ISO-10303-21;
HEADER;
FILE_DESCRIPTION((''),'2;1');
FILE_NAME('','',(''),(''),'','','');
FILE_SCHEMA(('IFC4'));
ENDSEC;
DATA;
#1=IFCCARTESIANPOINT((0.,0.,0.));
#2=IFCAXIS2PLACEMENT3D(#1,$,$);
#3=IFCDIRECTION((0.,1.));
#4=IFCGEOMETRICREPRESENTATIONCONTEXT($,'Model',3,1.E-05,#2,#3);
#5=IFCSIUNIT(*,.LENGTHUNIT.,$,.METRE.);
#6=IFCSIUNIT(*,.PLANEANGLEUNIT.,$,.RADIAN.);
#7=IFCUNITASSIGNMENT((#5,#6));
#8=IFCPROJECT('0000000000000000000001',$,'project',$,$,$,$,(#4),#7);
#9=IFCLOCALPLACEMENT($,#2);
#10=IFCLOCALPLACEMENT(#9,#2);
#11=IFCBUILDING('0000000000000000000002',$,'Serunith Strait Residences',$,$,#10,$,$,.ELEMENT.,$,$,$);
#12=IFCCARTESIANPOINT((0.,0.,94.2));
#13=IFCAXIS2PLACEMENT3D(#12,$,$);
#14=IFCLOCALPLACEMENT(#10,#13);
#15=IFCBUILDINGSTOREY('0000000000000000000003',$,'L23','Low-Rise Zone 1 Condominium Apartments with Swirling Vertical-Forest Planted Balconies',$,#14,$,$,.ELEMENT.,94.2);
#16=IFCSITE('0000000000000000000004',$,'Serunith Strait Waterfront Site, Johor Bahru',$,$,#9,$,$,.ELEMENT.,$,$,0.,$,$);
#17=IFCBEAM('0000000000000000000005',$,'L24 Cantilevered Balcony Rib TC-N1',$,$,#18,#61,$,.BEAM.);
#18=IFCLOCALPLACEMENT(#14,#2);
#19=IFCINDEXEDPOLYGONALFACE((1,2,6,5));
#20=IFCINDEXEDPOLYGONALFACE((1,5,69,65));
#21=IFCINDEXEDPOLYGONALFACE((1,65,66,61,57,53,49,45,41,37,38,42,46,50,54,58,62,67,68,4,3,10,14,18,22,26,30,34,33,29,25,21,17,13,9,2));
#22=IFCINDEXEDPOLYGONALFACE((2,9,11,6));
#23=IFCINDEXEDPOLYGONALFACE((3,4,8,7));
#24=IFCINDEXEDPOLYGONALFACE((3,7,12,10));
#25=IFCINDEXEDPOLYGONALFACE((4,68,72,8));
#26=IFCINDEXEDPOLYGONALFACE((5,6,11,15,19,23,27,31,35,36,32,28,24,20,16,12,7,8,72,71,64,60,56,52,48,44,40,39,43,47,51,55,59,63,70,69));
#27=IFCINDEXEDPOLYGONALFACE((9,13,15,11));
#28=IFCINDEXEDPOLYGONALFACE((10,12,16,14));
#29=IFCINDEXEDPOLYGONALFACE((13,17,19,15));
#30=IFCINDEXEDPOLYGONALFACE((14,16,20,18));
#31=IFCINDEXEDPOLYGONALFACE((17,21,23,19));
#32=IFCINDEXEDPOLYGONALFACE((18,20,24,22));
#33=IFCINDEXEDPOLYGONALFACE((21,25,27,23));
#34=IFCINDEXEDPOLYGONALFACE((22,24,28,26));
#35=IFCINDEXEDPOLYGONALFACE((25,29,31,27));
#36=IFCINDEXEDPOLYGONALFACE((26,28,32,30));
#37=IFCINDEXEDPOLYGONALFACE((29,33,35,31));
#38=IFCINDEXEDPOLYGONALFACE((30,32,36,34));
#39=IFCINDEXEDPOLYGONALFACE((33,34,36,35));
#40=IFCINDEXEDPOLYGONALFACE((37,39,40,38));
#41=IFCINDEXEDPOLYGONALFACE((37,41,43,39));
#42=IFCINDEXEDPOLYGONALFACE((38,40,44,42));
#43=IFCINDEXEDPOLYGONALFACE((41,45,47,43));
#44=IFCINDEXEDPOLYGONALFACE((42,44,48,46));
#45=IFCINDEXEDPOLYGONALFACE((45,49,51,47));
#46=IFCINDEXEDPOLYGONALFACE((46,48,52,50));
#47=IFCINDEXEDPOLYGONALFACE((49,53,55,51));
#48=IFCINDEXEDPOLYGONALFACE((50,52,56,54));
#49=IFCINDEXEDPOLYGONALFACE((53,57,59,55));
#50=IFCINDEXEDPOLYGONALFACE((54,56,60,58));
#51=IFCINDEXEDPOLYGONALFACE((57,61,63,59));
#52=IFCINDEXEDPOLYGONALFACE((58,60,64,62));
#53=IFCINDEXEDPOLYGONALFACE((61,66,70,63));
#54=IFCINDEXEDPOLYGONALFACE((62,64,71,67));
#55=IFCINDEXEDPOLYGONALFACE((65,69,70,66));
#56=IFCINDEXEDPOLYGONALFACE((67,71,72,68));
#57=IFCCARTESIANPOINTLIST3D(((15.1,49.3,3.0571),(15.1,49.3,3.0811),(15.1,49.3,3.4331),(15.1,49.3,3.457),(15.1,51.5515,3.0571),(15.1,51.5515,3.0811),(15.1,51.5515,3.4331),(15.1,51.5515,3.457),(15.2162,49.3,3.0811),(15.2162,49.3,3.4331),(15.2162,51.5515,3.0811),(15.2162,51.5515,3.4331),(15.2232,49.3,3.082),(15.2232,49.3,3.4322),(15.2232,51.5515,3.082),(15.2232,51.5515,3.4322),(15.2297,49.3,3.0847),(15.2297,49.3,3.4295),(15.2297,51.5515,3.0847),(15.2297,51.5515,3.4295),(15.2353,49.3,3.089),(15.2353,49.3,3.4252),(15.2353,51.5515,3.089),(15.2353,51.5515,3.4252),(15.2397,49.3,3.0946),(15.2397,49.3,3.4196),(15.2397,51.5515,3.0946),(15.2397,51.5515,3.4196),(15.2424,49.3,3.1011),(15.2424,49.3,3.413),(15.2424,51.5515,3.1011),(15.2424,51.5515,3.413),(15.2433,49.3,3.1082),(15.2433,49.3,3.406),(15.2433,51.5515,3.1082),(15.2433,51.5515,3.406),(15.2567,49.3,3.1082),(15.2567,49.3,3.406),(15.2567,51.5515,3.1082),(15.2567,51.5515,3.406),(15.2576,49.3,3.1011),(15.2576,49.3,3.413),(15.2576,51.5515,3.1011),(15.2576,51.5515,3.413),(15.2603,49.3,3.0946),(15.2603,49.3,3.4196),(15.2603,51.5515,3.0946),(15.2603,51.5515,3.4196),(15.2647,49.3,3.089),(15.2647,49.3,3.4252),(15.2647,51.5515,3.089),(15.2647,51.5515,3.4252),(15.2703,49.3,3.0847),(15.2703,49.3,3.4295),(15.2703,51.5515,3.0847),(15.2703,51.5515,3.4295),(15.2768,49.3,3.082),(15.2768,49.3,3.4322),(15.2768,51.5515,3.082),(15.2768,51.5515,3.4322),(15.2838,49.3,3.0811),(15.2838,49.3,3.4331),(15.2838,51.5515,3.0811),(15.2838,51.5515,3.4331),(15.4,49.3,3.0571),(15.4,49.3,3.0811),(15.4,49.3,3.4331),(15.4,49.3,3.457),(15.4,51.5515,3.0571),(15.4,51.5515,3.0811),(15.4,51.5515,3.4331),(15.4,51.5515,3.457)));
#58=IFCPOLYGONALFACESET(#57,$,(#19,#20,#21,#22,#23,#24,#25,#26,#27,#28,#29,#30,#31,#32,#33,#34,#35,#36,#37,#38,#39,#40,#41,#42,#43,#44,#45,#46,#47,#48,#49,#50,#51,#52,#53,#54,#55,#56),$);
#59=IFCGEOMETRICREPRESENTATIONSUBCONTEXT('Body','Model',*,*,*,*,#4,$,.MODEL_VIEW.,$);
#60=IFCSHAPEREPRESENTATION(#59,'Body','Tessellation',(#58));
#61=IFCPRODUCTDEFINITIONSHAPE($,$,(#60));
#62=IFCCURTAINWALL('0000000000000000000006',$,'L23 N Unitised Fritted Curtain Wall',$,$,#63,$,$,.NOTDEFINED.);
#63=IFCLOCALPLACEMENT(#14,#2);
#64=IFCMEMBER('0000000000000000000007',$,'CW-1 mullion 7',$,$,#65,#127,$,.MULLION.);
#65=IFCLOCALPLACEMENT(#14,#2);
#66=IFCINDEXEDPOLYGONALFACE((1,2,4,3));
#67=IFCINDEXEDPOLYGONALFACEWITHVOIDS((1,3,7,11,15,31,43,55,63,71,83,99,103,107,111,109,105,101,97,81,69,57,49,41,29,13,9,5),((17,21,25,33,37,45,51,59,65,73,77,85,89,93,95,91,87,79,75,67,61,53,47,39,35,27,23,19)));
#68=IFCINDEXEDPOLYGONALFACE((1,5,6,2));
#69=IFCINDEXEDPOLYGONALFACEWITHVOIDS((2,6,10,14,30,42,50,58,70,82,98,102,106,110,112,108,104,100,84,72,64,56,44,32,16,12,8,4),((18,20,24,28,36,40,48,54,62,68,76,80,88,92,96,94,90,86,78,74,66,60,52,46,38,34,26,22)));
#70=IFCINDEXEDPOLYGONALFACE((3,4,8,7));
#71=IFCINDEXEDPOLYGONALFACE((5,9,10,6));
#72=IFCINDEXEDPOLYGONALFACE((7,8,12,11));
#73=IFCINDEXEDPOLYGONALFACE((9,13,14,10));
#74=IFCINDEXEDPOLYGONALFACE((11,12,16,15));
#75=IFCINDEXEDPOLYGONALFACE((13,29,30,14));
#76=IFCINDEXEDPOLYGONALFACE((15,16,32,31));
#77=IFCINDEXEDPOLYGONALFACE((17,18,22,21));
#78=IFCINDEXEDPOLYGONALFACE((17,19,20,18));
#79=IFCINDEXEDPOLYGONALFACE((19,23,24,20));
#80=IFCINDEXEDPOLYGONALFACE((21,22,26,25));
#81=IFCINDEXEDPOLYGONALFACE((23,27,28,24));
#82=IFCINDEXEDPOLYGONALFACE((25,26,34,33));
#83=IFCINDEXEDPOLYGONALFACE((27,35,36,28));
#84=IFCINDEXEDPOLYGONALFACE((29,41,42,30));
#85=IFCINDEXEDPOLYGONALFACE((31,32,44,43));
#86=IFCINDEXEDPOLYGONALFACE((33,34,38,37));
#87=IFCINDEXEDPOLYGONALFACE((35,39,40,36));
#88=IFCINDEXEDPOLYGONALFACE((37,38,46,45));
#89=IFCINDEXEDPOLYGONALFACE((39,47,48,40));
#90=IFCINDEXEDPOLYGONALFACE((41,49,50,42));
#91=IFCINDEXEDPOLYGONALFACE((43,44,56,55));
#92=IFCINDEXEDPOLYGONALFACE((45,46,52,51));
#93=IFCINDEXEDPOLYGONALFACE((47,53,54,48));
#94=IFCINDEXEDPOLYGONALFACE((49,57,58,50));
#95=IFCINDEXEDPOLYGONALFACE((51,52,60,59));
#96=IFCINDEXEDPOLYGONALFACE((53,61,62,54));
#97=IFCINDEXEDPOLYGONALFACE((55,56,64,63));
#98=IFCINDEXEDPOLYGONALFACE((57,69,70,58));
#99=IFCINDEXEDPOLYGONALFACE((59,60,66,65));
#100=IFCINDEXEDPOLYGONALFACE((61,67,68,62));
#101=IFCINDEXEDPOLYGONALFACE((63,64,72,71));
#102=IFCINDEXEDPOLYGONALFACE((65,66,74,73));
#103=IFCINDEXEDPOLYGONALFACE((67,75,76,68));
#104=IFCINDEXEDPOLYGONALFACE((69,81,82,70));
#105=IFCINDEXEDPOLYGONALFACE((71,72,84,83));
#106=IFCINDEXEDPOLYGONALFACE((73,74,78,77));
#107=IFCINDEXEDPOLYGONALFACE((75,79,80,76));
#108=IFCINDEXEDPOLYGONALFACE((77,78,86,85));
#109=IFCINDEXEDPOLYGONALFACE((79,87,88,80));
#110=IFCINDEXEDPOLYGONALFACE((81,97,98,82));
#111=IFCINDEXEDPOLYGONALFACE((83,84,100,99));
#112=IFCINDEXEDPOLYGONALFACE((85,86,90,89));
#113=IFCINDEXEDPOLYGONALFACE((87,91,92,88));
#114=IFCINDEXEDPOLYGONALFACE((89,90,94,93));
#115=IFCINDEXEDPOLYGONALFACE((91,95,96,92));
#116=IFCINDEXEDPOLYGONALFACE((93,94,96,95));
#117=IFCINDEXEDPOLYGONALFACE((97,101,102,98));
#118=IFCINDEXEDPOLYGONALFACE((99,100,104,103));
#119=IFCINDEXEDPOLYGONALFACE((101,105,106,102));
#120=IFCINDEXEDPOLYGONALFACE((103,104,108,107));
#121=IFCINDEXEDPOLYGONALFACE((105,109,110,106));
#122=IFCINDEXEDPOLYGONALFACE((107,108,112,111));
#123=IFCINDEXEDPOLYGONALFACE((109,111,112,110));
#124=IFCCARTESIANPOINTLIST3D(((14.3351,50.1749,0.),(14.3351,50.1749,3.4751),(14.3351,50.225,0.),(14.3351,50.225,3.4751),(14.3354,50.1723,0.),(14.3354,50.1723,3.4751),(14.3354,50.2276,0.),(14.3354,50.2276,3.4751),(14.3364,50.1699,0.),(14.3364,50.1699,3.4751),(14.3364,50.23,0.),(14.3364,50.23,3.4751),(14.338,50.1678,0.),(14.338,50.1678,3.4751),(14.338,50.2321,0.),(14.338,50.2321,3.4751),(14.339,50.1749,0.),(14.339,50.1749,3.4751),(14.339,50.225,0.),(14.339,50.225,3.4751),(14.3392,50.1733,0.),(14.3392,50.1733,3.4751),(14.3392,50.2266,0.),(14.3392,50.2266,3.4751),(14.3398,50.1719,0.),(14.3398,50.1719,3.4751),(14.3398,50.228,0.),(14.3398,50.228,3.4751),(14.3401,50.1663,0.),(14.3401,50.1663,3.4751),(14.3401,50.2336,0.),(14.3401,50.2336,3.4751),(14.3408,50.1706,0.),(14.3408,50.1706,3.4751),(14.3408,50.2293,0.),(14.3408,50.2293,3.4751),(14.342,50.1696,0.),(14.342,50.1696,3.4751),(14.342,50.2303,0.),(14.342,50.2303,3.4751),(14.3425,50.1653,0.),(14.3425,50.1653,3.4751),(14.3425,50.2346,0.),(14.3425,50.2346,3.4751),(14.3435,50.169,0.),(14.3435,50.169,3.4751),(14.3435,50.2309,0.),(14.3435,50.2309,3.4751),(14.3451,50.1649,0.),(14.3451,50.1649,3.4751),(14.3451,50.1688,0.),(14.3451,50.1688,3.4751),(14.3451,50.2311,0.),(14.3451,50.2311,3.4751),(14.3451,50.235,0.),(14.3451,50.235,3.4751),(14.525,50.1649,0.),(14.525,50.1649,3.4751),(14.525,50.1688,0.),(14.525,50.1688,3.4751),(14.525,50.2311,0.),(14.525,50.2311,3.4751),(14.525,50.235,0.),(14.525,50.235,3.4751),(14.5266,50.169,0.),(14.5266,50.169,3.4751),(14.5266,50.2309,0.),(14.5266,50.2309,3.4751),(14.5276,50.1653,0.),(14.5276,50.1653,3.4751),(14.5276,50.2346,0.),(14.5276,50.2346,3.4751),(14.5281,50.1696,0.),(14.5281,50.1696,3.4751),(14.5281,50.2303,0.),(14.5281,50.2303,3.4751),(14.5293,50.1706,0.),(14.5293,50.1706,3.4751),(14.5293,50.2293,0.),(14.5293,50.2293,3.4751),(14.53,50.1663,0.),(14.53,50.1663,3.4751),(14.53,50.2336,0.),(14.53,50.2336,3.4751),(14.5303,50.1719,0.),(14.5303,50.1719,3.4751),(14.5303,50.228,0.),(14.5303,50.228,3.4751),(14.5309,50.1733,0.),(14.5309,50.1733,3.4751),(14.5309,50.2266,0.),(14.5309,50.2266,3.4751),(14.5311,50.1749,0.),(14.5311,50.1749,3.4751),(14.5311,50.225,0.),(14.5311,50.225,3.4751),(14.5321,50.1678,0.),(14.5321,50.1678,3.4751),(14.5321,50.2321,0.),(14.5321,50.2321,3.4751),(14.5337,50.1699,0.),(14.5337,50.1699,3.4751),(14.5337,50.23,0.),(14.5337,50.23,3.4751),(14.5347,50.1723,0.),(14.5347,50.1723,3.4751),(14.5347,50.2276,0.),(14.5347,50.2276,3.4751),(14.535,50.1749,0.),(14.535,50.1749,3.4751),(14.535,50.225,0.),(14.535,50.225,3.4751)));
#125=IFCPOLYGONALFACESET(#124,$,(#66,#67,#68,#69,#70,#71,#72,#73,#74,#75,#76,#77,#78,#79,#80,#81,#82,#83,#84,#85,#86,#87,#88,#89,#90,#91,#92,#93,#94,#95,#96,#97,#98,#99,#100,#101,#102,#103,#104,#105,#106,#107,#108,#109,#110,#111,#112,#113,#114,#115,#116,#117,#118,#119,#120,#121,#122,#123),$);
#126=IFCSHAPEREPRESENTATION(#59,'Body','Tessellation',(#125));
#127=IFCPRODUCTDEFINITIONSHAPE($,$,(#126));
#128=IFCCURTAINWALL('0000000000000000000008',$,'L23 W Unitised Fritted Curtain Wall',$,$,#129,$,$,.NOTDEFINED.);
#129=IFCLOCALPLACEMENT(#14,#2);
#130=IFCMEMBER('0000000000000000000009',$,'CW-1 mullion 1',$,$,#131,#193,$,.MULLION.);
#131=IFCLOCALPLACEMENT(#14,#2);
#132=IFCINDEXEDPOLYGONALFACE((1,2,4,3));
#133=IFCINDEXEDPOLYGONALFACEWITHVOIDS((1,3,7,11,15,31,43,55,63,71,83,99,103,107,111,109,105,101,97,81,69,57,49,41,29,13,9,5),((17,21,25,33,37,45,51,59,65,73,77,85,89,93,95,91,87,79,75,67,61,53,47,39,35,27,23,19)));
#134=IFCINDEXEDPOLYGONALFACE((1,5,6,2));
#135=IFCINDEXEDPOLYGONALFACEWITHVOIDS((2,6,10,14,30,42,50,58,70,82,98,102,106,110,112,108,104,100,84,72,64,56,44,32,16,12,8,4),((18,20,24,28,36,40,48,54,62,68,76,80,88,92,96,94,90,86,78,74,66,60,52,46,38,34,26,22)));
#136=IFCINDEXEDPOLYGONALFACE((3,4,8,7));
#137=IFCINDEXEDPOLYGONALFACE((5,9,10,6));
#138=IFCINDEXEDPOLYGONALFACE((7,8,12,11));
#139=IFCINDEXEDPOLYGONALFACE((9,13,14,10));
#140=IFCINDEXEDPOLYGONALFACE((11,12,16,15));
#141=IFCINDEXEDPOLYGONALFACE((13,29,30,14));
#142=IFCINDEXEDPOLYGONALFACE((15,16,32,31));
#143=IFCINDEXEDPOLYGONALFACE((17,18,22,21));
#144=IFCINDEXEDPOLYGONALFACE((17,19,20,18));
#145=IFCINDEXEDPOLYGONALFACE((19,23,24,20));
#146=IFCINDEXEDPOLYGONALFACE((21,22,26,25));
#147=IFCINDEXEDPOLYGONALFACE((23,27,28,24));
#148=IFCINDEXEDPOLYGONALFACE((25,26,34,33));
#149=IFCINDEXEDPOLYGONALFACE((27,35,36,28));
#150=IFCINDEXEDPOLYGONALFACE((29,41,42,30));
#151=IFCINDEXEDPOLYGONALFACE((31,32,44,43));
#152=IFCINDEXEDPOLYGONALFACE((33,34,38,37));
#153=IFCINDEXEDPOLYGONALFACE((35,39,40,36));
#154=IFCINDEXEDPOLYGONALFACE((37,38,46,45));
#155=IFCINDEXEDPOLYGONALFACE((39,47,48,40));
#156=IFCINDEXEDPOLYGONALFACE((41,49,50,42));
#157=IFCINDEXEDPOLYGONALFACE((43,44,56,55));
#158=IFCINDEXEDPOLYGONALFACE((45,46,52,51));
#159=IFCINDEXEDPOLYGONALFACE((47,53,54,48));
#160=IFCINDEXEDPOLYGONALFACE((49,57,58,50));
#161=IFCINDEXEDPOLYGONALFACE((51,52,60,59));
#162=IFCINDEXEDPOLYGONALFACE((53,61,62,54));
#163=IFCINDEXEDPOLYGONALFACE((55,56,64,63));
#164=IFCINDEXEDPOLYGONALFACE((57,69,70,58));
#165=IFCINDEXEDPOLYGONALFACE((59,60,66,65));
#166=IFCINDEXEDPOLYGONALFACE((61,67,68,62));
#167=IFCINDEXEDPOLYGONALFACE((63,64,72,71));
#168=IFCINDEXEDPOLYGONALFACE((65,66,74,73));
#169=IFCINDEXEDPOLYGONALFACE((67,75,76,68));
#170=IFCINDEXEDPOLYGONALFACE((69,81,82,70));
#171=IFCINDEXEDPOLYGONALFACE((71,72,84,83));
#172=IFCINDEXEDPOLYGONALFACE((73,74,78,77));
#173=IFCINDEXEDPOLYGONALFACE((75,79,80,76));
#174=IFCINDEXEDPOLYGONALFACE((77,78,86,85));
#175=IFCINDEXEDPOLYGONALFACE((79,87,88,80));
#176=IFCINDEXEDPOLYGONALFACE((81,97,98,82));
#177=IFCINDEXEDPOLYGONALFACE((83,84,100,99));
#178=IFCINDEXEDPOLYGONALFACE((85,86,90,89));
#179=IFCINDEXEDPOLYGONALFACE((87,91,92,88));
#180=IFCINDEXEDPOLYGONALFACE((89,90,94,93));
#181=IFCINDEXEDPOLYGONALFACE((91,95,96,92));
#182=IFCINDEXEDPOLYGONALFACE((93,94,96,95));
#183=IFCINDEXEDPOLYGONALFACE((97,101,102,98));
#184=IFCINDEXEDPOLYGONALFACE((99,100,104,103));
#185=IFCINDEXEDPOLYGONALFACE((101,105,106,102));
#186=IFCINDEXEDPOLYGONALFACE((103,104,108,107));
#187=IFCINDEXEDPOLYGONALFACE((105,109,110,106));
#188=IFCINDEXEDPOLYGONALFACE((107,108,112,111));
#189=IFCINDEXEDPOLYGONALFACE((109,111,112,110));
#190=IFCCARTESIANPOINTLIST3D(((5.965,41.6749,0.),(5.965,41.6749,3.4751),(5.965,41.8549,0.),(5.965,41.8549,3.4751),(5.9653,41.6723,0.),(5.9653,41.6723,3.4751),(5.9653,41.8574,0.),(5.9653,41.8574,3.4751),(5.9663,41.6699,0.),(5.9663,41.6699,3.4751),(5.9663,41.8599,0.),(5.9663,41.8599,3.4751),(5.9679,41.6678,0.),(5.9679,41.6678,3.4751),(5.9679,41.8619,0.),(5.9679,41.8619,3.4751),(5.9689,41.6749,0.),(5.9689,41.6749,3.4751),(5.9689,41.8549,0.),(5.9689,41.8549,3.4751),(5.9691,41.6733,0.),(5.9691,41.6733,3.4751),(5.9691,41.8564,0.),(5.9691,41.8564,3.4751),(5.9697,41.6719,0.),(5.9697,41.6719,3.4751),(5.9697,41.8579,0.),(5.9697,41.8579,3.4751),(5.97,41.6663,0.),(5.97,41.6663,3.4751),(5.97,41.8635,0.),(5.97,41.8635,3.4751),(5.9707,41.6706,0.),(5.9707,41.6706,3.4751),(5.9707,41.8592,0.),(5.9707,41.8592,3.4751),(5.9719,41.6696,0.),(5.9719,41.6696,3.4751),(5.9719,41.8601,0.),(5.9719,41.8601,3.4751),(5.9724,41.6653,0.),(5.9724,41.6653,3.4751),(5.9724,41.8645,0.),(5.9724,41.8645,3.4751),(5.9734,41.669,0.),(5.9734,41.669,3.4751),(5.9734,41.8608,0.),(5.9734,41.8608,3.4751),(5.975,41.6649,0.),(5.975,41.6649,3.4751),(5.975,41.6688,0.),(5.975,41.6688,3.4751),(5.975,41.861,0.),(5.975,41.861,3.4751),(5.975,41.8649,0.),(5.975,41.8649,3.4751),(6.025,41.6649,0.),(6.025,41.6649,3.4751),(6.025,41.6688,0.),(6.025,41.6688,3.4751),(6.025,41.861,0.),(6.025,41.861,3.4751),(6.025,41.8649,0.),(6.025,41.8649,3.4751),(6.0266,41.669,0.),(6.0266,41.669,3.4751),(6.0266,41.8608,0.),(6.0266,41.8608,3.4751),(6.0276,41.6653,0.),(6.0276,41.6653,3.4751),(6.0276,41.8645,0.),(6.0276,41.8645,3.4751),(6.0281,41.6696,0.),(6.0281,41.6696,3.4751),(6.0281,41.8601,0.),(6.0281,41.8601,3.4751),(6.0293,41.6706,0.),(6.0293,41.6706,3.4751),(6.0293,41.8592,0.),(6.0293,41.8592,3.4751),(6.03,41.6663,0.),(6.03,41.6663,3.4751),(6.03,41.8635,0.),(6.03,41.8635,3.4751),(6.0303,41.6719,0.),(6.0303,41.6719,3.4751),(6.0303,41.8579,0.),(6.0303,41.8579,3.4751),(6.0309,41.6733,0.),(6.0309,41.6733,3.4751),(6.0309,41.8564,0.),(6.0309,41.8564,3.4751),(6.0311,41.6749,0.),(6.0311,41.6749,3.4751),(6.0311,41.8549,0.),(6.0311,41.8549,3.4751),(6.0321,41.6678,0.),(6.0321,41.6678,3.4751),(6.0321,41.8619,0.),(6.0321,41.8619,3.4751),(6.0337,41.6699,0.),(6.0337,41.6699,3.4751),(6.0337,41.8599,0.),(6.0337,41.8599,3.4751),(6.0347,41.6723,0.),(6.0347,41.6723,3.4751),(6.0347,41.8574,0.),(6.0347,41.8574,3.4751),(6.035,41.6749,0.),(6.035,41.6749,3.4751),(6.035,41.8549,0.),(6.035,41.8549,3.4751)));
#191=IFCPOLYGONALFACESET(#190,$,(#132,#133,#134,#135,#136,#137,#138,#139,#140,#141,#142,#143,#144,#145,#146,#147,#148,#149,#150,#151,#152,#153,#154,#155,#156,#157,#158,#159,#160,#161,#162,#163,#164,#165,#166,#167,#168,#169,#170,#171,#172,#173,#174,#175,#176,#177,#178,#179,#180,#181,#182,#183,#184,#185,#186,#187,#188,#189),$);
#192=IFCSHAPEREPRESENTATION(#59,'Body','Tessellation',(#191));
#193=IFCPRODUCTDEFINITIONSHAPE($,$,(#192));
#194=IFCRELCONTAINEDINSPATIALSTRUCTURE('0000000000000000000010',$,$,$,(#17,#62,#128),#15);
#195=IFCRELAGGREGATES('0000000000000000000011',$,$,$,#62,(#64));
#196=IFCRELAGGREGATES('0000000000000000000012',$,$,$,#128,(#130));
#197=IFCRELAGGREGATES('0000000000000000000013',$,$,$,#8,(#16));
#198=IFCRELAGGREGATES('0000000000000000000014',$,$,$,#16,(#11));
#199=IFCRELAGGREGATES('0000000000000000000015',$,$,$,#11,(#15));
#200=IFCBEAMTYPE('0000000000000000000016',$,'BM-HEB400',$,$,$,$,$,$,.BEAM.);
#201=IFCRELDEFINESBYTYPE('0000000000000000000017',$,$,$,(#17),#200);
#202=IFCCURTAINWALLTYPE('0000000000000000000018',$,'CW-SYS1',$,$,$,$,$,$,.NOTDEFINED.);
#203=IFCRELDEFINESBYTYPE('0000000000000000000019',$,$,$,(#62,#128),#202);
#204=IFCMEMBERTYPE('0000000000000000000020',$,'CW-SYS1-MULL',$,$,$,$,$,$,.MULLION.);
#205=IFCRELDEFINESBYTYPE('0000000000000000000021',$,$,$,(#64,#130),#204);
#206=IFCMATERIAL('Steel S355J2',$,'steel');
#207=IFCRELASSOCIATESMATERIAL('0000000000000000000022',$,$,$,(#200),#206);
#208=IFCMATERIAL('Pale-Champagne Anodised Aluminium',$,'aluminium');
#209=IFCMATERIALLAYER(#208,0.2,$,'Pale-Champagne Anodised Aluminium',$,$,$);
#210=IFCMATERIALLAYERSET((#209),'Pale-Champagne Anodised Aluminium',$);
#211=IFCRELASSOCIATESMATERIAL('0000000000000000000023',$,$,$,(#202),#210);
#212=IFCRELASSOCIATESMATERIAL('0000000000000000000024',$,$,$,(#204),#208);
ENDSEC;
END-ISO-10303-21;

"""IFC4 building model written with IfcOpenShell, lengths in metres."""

from ifc_helpers import new_model, si_unit, direction, frame, origin, origin_2d, place, context, subcontext, project, spatial, hollow_rectangle, i_section, extrude, source, transform, mapped, material, layer, layer_set, material_profile, profile_set, type_object, element, aggregate, save


model = new_model("IFC4")

# Units and contexts
model_context = context("Model", 3, precision=1e-05, world=origin(), true_north=direction((0.0, 1.0)))
body_context = subcontext(model_context, "Body", "Model", "MODEL_VIEW")
ifc_project = project(units=[si_unit("LENGTHUNIT", "METRE"), si_unit("PLANEANGLEUNIT", "RADIAN")], contexts=[model_context])

# Site, building, storey
site_placement = place(None, origin())
site = spatial("IfcSite", under=ifc_project, at=site_placement, Name="Serunith Strait Waterfront Site, Johor Bahru", CompositionType="ELEMENT", RefElevation=0.0)
building_placement = place(site_placement, origin())
building = spatial("IfcBuilding", under=site, at=building_placement, Name="Serunith Strait Residences", CompositionType="ELEMENT")
storey_placement = place(building_placement, frame((0.0, 0.0, 94.2)))
storey = spatial("IfcBuildingStorey", under=building, at=storey_placement, Name="L23", Description="Low-Rise Zone 1 Condominium Apartments with Swirling Vertical-Forest Planted Balconies", CompositionType="ELEMENT", Elevation=94.2)

# Beam
ifc_material_1 = material(Name="Steel S355J2", Category="steel")
ifc_material_profile_1 = material_profile(ifc_material_1, i_section(OverallWidth=0.3, OverallDepth=0.3999, WebThickness=0.0134, FlangeThickness=0.0239, FilletRadius=0.0271, at=origin_2d()), Name="HEB 400")
ifc_profile_set_1 = profile_set([ifc_material_profile_1], Name="Steel S355J2")
beam_type_1 = type_object("IfcBeamType", Name="BM-HEB400", PredefinedType="BEAM", material=ifc_profile_set_1)
shared_shape_1 = source(origin(), body_context, "Body", "SweptSolid", [
    extrude(i_section(OverallWidth=0.3, OverallDepth=0.3999, WebThickness=0.0134, FlangeThickness=0.0239, FilletRadius=0.0271, at=origin_2d()), origin(), (0.0, 0.0, 1.0), 2.2515),
])
beam_1_placement = place(storey_placement, frame((15.25, 49.3, 3.2571), z_axis=(0.0, 1.0, 0.0), x_axis=(-1.0, 0.0, 0.0)))
element("IfcBeam", 1, at=beam_1_placement, inside=storey, type_object=beam_type_1, Name="L24 Cantilevered Balcony Rib TC-N1", PredefinedType="BEAM", context=body_context, shape_type="MappedRepresentation", body=[
    mapped(shared_shape_1, transform((0.0, 0.0, 0.0), scale=1.0)),
])

# Curtain wall, member
ifc_material_2 = material(Name="Pale-Champagne Anodised Aluminium", Category="aluminium")
ifc_layer_1 = layer(ifc_material_2, 0.2, Name="Pale-Champagne Anodised Aluminium")
ifc_layer_set_1 = layer_set([ifc_layer_1], Name="Pale-Champagne Anodised Aluminium")
curtain_wall_type = type_object("IfcCurtainWallType", Name="CW-SYS1", PredefinedType="NOTDEFINED", material=ifc_layer_set_1)
curtain_wall_1_placement = place(storey_placement, origin())
curtain_wall_1 = element("IfcCurtainWall", 2, at=curtain_wall_1_placement, inside=storey, type_object=curtain_wall_type, Name="L23 N Unitised Fritted Curtain Wall", PredefinedType="NOTDEFINED")
ifc_material_profile_2 = material_profile(ifc_material_2, hollow_rectangle(XDim=0.0701, YDim=0.2, WallThickness=0.0039, InnerFilletRadius=0.0061, OuterFilletRadius=0.01, at=origin_2d()), Name="ALU 200x70x4")
ifc_profile_set_2 = profile_set([ifc_material_profile_2], Name="Pale-Champagne Anodised Aluminium")
member_type_1 = type_object("IfcMemberType", Name="CW-SYS1-MULL", PredefinedType="MULLION", material=ifc_profile_set_2)
shared_shape_2 = source(origin(), body_context, "Body", "SweptSolid", [
    extrude(hollow_rectangle(XDim=0.0701, YDim=0.2, WallThickness=0.0039, InnerFilletRadius=0.0061, OuterFilletRadius=0.01, at=origin_2d()), origin(), (0.0, 0.0, 1.0), 3.4751),
])
member_1_placement = place(storey_placement, frame((14.4351, 50.2, 0.0), z_axis=(0.0, 0.0, 1.0), x_axis=(0.0, -1.0, 0.0)))
member_1 = element("IfcMember", 3, at=member_1_placement, type_object=member_type_1, Name="CW-1 mullion 7", PredefinedType="MULLION", context=body_context, shape_type="MappedRepresentation", body=[
    mapped(shared_shape_2, transform((0.0, 0.0, 0.0), scale=1.0)),
])
aggregate(curtain_wall_1, [member_1])

# Curtain wall, member
curtain_wall_2_placement = place(storey_placement, origin())
curtain_wall_2 = element("IfcCurtainWall", 4, at=curtain_wall_2_placement, inside=storey, type_object=curtain_wall_type, Name="L23 W Unitised Fritted Curtain Wall", PredefinedType="NOTDEFINED")
member_2_placement = place(storey_placement, frame((6.0, 41.7649, 0.0), z_axis=(0.0, 0.0, 1.0), x_axis=(1.0, 0.0, 0.0)))
member_2 = element("IfcMember", 5, at=member_2_placement, type_object=member_type_1, Name="CW-1 mullion 1", PredefinedType="MULLION", context=body_context, shape_type="MappedRepresentation", body=[
    mapped(shared_shape_2, transform((0.0, 0.0, 0.0), scale=1.0)),
])
aggregate(curtain_wall_2, [member_2])

save(model, "model.ifc")
